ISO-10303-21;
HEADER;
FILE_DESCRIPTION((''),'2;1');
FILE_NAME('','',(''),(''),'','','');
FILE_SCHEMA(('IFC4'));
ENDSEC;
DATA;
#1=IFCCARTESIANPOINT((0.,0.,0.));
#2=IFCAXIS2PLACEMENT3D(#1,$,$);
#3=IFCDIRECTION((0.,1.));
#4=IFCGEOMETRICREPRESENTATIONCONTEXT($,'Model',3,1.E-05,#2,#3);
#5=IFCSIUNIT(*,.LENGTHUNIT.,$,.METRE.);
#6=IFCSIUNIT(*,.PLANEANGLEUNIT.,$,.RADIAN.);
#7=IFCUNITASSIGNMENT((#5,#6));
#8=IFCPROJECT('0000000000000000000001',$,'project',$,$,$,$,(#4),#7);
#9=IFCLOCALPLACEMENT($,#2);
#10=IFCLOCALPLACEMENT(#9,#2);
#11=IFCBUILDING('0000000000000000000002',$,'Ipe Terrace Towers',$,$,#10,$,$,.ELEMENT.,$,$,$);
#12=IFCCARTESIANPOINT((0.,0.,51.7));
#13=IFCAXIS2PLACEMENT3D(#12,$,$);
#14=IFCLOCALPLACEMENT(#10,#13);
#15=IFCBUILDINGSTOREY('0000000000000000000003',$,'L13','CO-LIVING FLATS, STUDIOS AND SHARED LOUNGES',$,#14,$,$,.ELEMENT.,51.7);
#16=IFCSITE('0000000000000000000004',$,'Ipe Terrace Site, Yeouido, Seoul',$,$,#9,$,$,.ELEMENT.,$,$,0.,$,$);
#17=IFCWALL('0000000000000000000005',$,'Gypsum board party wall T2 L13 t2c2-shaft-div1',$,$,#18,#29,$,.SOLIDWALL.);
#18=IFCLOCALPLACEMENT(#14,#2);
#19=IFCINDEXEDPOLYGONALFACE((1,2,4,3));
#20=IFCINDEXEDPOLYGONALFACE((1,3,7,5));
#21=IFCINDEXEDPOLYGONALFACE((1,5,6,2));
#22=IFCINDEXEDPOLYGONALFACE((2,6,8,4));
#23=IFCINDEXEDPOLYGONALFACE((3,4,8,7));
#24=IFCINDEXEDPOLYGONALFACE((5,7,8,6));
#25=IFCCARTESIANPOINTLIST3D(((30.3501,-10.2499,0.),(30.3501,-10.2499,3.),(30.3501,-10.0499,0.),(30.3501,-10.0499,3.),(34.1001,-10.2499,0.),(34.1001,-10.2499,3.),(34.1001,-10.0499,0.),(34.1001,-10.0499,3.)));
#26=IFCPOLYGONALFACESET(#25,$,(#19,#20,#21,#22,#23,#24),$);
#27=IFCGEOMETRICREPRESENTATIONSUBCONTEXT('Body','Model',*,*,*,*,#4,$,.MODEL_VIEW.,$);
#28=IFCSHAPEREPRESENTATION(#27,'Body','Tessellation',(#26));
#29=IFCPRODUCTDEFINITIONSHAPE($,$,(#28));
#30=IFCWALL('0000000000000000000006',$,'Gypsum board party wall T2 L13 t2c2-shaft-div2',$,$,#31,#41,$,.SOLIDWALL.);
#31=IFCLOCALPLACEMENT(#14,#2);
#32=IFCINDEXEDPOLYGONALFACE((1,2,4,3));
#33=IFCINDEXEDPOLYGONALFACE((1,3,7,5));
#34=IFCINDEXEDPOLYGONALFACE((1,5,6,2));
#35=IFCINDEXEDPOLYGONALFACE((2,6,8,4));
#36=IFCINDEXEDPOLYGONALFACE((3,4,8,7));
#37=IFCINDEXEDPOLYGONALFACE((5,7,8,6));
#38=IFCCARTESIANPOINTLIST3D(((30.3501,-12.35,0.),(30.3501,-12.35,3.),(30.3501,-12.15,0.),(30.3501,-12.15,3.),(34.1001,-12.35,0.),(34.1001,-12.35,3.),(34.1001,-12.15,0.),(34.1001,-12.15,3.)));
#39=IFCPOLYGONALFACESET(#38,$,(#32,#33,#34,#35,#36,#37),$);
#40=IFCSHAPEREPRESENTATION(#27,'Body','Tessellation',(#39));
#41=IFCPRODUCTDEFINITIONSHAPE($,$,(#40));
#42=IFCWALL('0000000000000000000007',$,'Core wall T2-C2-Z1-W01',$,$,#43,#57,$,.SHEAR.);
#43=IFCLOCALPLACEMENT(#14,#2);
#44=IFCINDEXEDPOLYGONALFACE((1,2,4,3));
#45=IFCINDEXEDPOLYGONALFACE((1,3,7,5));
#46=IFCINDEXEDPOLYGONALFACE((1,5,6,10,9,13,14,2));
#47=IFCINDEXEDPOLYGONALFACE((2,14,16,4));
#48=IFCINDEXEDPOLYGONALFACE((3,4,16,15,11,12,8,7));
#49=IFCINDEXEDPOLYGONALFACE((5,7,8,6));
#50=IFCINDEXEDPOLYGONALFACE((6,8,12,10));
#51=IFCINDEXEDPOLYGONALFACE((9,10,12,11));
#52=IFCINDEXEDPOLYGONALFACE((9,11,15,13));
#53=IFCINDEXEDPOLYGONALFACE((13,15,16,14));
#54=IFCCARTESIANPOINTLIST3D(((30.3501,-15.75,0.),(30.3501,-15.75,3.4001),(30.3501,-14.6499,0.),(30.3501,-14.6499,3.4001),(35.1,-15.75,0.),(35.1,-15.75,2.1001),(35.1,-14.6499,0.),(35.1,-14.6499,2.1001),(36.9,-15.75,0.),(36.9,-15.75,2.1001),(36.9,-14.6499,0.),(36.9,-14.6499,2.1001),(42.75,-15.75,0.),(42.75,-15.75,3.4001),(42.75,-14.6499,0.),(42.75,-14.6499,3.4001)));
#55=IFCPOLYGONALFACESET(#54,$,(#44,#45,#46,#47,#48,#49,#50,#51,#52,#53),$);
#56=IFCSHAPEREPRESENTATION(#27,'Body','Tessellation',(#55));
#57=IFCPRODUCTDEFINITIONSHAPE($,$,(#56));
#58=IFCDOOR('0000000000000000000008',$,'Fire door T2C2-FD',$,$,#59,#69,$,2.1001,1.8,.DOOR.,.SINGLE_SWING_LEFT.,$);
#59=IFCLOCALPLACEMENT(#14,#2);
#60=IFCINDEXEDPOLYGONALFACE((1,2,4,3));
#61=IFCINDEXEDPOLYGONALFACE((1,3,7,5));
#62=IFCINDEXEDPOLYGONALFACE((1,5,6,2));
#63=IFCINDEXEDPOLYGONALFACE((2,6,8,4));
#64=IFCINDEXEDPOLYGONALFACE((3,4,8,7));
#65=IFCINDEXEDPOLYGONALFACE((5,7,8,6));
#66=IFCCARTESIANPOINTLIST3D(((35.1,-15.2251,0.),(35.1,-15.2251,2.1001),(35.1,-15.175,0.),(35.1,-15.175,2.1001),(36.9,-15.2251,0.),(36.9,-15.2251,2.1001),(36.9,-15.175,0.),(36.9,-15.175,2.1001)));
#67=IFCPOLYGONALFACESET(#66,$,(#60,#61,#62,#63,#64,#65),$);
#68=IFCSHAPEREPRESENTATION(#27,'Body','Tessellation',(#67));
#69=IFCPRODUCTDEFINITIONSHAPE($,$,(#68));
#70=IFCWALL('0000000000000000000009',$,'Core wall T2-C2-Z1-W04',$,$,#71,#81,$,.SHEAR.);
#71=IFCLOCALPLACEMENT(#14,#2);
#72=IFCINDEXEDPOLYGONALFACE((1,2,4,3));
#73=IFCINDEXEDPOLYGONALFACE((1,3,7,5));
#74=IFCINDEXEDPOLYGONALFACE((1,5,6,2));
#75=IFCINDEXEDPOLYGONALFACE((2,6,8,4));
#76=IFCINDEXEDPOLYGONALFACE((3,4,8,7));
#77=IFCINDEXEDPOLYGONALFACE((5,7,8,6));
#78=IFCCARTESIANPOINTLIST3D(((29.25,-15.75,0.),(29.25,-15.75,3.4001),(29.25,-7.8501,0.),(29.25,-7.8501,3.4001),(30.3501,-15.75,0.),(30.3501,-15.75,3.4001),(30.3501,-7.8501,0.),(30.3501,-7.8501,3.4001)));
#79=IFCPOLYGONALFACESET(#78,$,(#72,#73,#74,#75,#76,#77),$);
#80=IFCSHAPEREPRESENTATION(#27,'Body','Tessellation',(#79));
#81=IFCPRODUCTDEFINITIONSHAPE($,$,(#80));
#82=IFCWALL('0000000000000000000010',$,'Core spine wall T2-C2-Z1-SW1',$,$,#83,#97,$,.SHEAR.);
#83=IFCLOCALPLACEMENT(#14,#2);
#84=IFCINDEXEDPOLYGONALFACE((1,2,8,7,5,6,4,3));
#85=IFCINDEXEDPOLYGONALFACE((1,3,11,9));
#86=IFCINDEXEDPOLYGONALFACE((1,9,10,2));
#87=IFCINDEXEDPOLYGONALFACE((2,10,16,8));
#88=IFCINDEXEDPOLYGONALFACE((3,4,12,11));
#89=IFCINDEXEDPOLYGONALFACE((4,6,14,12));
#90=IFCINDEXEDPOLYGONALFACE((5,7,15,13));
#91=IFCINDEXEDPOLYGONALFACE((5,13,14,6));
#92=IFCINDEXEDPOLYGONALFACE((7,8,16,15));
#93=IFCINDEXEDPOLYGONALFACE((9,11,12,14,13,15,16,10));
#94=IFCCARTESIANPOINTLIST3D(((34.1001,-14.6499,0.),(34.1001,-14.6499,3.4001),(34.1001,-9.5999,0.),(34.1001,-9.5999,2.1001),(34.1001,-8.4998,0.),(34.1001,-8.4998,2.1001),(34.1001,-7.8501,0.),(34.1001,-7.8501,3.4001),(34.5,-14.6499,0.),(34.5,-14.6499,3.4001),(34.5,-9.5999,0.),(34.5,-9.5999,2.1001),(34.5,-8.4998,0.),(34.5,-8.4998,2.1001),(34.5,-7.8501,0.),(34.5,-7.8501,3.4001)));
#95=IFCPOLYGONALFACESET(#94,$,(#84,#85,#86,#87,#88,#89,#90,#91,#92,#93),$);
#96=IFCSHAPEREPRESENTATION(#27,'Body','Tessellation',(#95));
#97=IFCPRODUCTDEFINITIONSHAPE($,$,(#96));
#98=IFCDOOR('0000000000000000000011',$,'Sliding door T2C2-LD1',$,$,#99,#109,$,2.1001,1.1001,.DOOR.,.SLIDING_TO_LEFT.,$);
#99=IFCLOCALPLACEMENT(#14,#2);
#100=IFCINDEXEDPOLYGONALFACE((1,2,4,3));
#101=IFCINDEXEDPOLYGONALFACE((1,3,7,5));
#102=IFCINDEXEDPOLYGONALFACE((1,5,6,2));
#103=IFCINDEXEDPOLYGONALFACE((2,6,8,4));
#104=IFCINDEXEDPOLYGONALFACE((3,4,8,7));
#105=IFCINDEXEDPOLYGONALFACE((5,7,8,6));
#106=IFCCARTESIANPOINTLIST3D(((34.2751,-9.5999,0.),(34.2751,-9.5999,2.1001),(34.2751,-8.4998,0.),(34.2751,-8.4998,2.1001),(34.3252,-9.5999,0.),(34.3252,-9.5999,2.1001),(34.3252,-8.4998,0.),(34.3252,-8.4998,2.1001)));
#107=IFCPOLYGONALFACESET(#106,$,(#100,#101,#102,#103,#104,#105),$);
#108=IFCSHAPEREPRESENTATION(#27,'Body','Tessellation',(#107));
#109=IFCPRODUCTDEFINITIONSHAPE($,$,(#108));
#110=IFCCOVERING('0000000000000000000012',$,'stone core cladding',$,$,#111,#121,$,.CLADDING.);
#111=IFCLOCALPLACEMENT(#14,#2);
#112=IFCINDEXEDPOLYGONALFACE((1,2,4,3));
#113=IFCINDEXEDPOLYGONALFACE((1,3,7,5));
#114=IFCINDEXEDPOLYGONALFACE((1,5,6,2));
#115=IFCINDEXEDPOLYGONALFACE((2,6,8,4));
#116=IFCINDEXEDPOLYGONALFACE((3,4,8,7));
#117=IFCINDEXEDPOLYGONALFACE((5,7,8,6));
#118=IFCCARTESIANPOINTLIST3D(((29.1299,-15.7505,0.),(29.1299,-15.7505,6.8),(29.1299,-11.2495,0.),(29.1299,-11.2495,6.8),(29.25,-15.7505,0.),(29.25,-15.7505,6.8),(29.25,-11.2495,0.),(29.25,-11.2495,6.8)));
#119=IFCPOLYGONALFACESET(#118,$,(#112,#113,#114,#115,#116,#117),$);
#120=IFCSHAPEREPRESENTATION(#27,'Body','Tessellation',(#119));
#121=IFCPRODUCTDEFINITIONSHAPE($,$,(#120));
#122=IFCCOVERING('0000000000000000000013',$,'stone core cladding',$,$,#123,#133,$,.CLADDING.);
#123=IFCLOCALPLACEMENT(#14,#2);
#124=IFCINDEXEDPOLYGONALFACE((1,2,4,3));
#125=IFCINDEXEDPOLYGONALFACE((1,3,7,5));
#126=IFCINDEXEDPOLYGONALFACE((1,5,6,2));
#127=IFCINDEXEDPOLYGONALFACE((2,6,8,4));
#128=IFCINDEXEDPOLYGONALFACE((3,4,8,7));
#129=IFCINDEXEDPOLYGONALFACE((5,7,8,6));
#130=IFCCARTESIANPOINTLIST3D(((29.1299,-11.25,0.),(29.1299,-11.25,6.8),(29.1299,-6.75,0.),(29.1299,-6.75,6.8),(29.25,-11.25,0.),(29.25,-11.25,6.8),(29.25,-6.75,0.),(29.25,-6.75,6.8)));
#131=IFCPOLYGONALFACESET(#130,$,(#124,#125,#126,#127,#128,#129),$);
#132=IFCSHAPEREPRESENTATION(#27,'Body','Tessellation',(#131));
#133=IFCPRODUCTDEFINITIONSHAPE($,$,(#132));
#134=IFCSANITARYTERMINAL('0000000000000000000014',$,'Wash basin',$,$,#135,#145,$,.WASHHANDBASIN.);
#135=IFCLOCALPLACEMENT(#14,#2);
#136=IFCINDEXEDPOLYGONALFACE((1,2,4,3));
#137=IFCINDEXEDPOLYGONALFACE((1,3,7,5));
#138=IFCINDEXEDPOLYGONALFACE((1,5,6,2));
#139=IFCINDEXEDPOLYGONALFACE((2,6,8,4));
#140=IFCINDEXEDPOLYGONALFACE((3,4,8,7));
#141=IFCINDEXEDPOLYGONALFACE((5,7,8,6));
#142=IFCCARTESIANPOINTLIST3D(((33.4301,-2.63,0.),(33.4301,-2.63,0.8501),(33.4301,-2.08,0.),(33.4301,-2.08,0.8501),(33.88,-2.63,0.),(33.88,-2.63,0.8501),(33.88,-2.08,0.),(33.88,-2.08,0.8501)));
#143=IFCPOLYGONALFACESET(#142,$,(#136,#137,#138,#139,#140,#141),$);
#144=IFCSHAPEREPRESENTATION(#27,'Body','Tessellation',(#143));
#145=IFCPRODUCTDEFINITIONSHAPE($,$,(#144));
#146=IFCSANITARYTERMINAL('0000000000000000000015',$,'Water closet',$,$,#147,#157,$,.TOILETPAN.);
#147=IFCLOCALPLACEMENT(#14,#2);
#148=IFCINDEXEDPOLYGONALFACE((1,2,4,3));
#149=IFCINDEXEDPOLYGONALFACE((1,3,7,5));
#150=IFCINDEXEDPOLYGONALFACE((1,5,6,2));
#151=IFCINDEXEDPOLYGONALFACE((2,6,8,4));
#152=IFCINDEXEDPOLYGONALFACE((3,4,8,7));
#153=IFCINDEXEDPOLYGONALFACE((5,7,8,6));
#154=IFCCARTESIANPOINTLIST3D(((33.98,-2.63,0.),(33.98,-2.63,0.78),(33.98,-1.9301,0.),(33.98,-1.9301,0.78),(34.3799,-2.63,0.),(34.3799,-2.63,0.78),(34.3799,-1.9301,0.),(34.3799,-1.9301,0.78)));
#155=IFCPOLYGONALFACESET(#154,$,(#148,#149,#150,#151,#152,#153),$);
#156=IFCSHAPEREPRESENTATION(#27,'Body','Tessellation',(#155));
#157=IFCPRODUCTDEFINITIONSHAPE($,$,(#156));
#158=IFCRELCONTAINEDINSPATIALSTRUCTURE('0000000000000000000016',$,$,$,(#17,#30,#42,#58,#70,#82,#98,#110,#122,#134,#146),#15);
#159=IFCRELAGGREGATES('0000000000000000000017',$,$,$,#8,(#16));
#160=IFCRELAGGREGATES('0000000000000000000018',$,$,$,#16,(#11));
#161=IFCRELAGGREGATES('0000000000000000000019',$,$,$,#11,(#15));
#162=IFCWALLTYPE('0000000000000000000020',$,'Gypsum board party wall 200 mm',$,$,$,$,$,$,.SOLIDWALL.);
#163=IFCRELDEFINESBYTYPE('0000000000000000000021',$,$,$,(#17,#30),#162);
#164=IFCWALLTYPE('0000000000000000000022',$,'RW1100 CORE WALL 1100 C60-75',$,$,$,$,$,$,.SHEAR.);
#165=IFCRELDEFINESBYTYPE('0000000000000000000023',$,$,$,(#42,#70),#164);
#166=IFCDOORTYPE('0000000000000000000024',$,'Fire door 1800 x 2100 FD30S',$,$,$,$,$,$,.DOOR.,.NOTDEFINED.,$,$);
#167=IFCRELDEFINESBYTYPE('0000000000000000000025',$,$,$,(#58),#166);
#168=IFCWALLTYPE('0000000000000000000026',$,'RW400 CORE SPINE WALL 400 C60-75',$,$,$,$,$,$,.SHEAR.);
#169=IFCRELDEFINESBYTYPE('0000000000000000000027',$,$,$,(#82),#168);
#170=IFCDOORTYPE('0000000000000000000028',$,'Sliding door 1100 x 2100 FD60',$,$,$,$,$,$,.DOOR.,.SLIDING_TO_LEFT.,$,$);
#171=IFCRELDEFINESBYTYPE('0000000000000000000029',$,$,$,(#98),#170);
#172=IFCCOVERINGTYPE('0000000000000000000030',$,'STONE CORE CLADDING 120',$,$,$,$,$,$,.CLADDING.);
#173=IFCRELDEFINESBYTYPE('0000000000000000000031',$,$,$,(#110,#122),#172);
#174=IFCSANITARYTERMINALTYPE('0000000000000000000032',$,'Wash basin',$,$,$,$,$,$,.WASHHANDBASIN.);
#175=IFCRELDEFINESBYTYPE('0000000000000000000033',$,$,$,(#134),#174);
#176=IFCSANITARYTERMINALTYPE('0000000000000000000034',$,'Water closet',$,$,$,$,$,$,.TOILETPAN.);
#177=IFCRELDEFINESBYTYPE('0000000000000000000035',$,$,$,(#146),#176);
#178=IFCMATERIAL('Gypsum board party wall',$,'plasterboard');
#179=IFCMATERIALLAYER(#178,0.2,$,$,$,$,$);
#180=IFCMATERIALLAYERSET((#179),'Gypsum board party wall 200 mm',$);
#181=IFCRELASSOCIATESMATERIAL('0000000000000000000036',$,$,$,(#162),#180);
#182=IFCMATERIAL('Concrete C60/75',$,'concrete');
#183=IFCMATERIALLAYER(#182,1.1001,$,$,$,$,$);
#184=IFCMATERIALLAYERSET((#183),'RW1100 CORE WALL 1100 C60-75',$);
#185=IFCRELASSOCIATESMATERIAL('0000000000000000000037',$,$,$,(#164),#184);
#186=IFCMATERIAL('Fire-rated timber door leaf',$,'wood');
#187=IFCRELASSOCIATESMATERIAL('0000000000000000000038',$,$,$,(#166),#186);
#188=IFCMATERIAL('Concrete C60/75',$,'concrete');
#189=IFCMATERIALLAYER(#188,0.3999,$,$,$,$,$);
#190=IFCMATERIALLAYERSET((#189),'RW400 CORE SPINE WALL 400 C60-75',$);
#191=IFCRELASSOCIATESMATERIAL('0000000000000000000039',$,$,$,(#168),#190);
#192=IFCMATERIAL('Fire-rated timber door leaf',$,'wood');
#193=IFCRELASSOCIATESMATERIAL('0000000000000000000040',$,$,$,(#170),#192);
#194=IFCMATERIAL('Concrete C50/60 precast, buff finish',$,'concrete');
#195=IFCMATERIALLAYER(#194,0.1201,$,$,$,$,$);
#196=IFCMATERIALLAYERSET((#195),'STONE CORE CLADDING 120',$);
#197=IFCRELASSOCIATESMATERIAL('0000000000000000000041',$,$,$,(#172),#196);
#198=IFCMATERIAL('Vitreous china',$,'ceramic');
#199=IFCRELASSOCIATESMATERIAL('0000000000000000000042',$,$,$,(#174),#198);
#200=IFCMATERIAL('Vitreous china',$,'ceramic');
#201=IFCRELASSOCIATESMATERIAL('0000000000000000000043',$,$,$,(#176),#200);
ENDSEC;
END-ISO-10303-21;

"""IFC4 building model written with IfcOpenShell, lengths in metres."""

from ifc_helpers import new_model, si_unit, direction, frame, frame_2d, origin, origin_2d, place, context, subcontext, project, spatial, rectangle, extrude, material, layer, layer_set, type_object, element, fill, save


model = new_model("IFC4")

# Units and contexts
model_context = context("Model", 3, precision=1e-05, world=origin(), true_north=direction((0.0, 1.0)))
body_context = subcontext(model_context, "Body", "Model", "MODEL_VIEW")
ifc_project = project(units=[si_unit("LENGTHUNIT", "METRE"), si_unit("PLANEANGLEUNIT", "RADIAN")], contexts=[model_context])

# Site, building, storey
site_placement = place(None, origin())
site = spatial("IfcSite", under=ifc_project, at=site_placement, Name="Ipe Terrace Site, Yeouido, Seoul", CompositionType="ELEMENT", RefElevation=0.0)
building_placement = place(site_placement, origin())
building = spatial("IfcBuilding", under=site, at=building_placement, Name="Ipe Terrace Towers", CompositionType="ELEMENT")
storey_placement = place(building_placement, frame((0.0, 0.0, 51.7)))
storey = spatial("IfcBuildingStorey", under=building, at=storey_placement, Name="L13", Description="CO-LIVING FLATS, STUDIOS AND SHARED LOUNGES", CompositionType="ELEMENT", Elevation=51.7)

# Walls
ifc_material_1 = material(Name="Gypsum board party wall", Category="plasterboard")
ifc_layer_1 = layer(ifc_material_1, 0.2)
ifc_layer_set_1 = layer_set([ifc_layer_1], Name="Gypsum board party wall 200 mm")
wall_type_1 = type_object("IfcWallType", Name="Gypsum board party wall 200 mm", PredefinedType="SOLIDWALL", material=ifc_layer_set_1)
for number, where, z_axis, x_axis, name in (
    (1, (30.3501, -10.1499, 0.0), (0.0, 0.0, 1.0), (1.0, 0.0, 0.0), "Gypsum board party wall T2 L13 t2c2-shaft-div1"),
    (2, (30.3501, -12.25, 0.0), (0.0, 0.0, 1.0), (1.0, 0.0, 0.0), "Gypsum board party wall T2 L13 t2c2-shaft-div2"),
):
    element("IfcWall", number, at=place(storey_placement, frame(where, z_axis=z_axis, x_axis=x_axis)), inside=storey, type_object=wall_type_1, Name=name, PredefinedType="SOLIDWALL", context=body_context, shape_type="SweptSolid", body=[
        extrude(rectangle(XDim=3.75, YDim=0.2, at=frame_2d((1.875, 0.0))), origin(), (0.0, 0.0, 1.0), 3.0),
    ])

# Wall, opening, door
ifc_material_2 = material(Name="Concrete C60/75", Category="concrete")
ifc_layer_2 = layer(ifc_material_2, 1.1001)
ifc_layer_set_2 = layer_set([ifc_layer_2], Name="RW1100 CORE WALL 1100 C60-75")
wall_type_2 = type_object("IfcWallType", Name="RW1100 CORE WALL 1100 C60-75", PredefinedType="SHEAR", material=ifc_layer_set_2)
wall_1_placement = place(storey_placement, frame((30.3501, -15.2, 0.0), z_axis=(0.0, 0.0, 1.0), x_axis=(1.0, 0.0, 0.0)))
wall_1 = element("IfcWall", 3, at=wall_1_placement, inside=storey, type_object=wall_type_2, Name="Core wall T2-C2-Z1-W01", PredefinedType="SHEAR", context=body_context, shape_type="SweptSolid", body=[
    extrude(rectangle(XDim=12.3999, YDim=1.1001, at=frame_2d((6.2, 0.0))), origin(), (0.0, 0.0, 1.0), 3.4001),
])
opening_1_placement = place(wall_1_placement, frame((4.75, 0.0, 0.0)))
opening_1 = element("IfcOpeningElement", 4, at=opening_1_placement, cuts=wall_1, PredefinedType="OPENING", context=body_context, shape_type="SweptSolid", body=[
    extrude(rectangle(XDim=1.8, YDim=2.1001, at=frame_2d((0.8999, 1.05))), frame((0.0, 0.5601, 0.0), z_axis=(0.0, -1.0, 0.0), x_axis=(1.0, 0.0, 0.0)), (0.0, 0.0, 1.0), 1.1201),
])
ifc_material_3 = material(Name="Fire-rated timber door leaf", Category="wood")
door_type_1 = type_object("IfcDoorType", Name="Fire door 1800 x 2100 FD30S", OperationType="NOTDEFINED", PredefinedType="DOOR", material=ifc_material_3)
door_1_placement = place(opening_1_placement, origin())
door_1 = element("IfcDoor", 5, at=door_1_placement, inside=storey, type_object=door_type_1, Name="Fire door T2C2-FD", OperationType="SINGLE_SWING_LEFT", OverallHeight=2.1001, OverallWidth=1.8, PredefinedType="DOOR", context=body_context, shape_type="SweptSolid", body=[
    extrude(rectangle(XDim=1.8, YDim=2.1001, at=frame_2d((0.8999, 1.05))), frame((0.0, 0.0249, 0.0), z_axis=(0.0, -1.0, 0.0), x_axis=(1.0, 0.0, 0.0)), (0.0, 0.0, 1.0), 0.05),
])
fill(opening_1, door_1)

# Wall
wall_2_placement = place(storey_placement, frame((29.8, -7.8501, 0.0), z_axis=(0.0, 0.0, 1.0), x_axis=(0.0, -1.0, 0.0)))
element("IfcWall", 6, at=wall_2_placement, inside=storey, type_object=wall_type_2, Name="Core wall T2-C2-Z1-W04", PredefinedType="SHEAR", context=body_context, shape_type="SweptSolid", body=[
    extrude(rectangle(XDim=7.8999, YDim=1.1001, at=frame_2d((3.95, 0.0))), origin(), (0.0, 0.0, 1.0), 3.4001),
])

# Wall, opening, door
ifc_material_4 = material(Name="Concrete C60/75", Category="concrete")
ifc_layer_3 = layer(ifc_material_4, 0.3999)
ifc_layer_set_3 = layer_set([ifc_layer_3], Name="RW400 CORE SPINE WALL 400 C60-75")
wall_type_3 = type_object("IfcWallType", Name="RW400 CORE SPINE WALL 400 C60-75", PredefinedType="SHEAR", material=ifc_layer_set_3)
wall_3_placement = place(storey_placement, frame((34.3, -14.6499, 0.0), z_axis=(0.0, 0.0, 1.0), x_axis=(0.0, 1.0, 0.0)))
wall_3 = element("IfcWall", 7, at=wall_3_placement, inside=storey, type_object=wall_type_3, Name="Core spine wall T2-C2-Z1-SW1", PredefinedType="SHEAR", context=body_context, shape_type="SweptSolid", body=[
    extrude(rectangle(XDim=6.7998, YDim=0.3999, at=frame_2d((3.3999, 0.0))), origin(), (0.0, 0.0, 1.0), 3.4001),
])
opening_2_placement = place(wall_3_placement, frame((5.05, 0.0, 0.0)))
opening_2 = element("IfcOpeningElement", 8, at=opening_2_placement, cuts=wall_3, PredefinedType="OPENING", context=body_context, shape_type="SweptSolid", body=[
    extrude(rectangle(XDim=1.1001, YDim=2.1001, at=frame_2d((0.55, 1.05))), frame((0.0, 0.21, 0.0), z_axis=(0.0, -1.0, 0.0), x_axis=(1.0, 0.0, 0.0)), (0.0, 0.0, 1.0), 0.4199),
])
ifc_material_5 = material(Name="Fire-rated timber door leaf", Category="wood")
door_type_2 = type_object("IfcDoorType", Name="Sliding door 1100 x 2100 FD60", OperationType="SLIDING_TO_LEFT", PredefinedType="DOOR", material=ifc_material_5)
door_2_placement = place(opening_2_placement, origin())
door_2 = element("IfcDoor", 9, at=door_2_placement, inside=storey, type_object=door_type_2, Name="Sliding door T2C2-LD1", OperationType="SLIDING_TO_LEFT", OverallHeight=2.1001, OverallWidth=1.1001, PredefinedType="DOOR", context=body_context, shape_type="SweptSolid", body=[
    extrude(rectangle(XDim=1.1001, YDim=2.1001, at=frame_2d((0.55, 1.05))), frame((0.0, 0.0249, 0.0), z_axis=(0.0, -1.0, 0.0), x_axis=(1.0, 0.0, 0.0)), (0.0, 0.0, 1.0), 0.05),
])
fill(opening_2, door_2)

# Coverings
ifc_material_6 = material(Name="Concrete C50/60 precast, buff finish", Category="concrete")
ifc_layer_4 = layer(ifc_material_6, 0.1201)
ifc_layer_set_4 = layer_set([ifc_layer_4], Name="STONE CORE CLADDING 120")
covering_type = type_object("IfcCoveringType", Name="STONE CORE CLADDING 120", PredefinedType="CLADDING", material=ifc_layer_set_4)
covering_1_placement = place(storey_placement, frame((29.1899, -13.5, 0.0), z_axis=(0.0, 0.0, 1.0), x_axis=(0.0, -1.0, 0.0)))
element("IfcCovering", 10, at=covering_1_placement, inside=storey, type_object=covering_type, Name="stone core cladding", PredefinedType="CLADDING", context=body_context, shape_type="SweptSolid", body=[
    extrude(rectangle(XDim=4.501, YDim=0.1201, at=origin_2d()), origin(), (0.0, 0.0, 1.0), 6.8),
])
covering_2_placement = place(storey_placement, frame((29.1899, -9.0, 0.0), z_axis=(0.0, 0.0, 1.0), x_axis=(0.0, -1.0, 0.0)))
element("IfcCovering", 11, at=covering_2_placement, inside=storey, type_object=covering_type, Name="stone core cladding", PredefinedType="CLADDING", context=body_context, shape_type="SweptSolid", body=[
    extrude(rectangle(XDim=4.5, YDim=0.1201, at=origin_2d()), origin(), (0.0, 0.0, 1.0), 6.8),
])

# Sanitary terminals
ifc_material_7 = material(Name="Vitreous china", Category="ceramic")
sanitary_terminal_type_1 = type_object("IfcSanitaryTerminalType", Name="Wash basin", PredefinedType="WASHHANDBASIN", material=ifc_material_7)
sanitary_terminal_1_placement = place(storey_placement, frame((33.655, -2.355, 0.0), z_axis=(0.0, 0.0, 1.0), x_axis=(0.0, 1.0, 0.0)))
element("IfcSanitaryTerminal", 12, at=sanitary_terminal_1_placement, inside=storey, type_object=sanitary_terminal_type_1, Name="Wash basin", PredefinedType="WASHHANDBASIN", context=body_context, shape_type="SweptSolid", body=[
    extrude(rectangle(XDim=0.55, YDim=0.45, at=origin_2d()), origin(), (0.0, 0.0, 1.0), 0.8501),
])
ifc_material_8 = material(Name="Vitreous china", Category="ceramic")
sanitary_terminal_type_2 = type_object("IfcSanitaryTerminalType", Name="Water closet", PredefinedType="TOILETPAN", material=ifc_material_8)
sanitary_terminal_2_placement = place(storey_placement, frame((34.1799, -2.28, 0.0), z_axis=(0.0, 0.0, 1.0), x_axis=(0.0, 1.0, 0.0)))
element("IfcSanitaryTerminal", 13, at=sanitary_terminal_2_placement, inside=storey, type_object=sanitary_terminal_type_2, Name="Water closet", PredefinedType="TOILETPAN", context=body_context, shape_type="SweptSolid", body=[
    extrude(rectangle(XDim=0.7, YDim=0.3999, at=origin_2d()), origin(), (0.0, 0.0, 1.0), 0.78),
])

save(model, "model.ifc")
